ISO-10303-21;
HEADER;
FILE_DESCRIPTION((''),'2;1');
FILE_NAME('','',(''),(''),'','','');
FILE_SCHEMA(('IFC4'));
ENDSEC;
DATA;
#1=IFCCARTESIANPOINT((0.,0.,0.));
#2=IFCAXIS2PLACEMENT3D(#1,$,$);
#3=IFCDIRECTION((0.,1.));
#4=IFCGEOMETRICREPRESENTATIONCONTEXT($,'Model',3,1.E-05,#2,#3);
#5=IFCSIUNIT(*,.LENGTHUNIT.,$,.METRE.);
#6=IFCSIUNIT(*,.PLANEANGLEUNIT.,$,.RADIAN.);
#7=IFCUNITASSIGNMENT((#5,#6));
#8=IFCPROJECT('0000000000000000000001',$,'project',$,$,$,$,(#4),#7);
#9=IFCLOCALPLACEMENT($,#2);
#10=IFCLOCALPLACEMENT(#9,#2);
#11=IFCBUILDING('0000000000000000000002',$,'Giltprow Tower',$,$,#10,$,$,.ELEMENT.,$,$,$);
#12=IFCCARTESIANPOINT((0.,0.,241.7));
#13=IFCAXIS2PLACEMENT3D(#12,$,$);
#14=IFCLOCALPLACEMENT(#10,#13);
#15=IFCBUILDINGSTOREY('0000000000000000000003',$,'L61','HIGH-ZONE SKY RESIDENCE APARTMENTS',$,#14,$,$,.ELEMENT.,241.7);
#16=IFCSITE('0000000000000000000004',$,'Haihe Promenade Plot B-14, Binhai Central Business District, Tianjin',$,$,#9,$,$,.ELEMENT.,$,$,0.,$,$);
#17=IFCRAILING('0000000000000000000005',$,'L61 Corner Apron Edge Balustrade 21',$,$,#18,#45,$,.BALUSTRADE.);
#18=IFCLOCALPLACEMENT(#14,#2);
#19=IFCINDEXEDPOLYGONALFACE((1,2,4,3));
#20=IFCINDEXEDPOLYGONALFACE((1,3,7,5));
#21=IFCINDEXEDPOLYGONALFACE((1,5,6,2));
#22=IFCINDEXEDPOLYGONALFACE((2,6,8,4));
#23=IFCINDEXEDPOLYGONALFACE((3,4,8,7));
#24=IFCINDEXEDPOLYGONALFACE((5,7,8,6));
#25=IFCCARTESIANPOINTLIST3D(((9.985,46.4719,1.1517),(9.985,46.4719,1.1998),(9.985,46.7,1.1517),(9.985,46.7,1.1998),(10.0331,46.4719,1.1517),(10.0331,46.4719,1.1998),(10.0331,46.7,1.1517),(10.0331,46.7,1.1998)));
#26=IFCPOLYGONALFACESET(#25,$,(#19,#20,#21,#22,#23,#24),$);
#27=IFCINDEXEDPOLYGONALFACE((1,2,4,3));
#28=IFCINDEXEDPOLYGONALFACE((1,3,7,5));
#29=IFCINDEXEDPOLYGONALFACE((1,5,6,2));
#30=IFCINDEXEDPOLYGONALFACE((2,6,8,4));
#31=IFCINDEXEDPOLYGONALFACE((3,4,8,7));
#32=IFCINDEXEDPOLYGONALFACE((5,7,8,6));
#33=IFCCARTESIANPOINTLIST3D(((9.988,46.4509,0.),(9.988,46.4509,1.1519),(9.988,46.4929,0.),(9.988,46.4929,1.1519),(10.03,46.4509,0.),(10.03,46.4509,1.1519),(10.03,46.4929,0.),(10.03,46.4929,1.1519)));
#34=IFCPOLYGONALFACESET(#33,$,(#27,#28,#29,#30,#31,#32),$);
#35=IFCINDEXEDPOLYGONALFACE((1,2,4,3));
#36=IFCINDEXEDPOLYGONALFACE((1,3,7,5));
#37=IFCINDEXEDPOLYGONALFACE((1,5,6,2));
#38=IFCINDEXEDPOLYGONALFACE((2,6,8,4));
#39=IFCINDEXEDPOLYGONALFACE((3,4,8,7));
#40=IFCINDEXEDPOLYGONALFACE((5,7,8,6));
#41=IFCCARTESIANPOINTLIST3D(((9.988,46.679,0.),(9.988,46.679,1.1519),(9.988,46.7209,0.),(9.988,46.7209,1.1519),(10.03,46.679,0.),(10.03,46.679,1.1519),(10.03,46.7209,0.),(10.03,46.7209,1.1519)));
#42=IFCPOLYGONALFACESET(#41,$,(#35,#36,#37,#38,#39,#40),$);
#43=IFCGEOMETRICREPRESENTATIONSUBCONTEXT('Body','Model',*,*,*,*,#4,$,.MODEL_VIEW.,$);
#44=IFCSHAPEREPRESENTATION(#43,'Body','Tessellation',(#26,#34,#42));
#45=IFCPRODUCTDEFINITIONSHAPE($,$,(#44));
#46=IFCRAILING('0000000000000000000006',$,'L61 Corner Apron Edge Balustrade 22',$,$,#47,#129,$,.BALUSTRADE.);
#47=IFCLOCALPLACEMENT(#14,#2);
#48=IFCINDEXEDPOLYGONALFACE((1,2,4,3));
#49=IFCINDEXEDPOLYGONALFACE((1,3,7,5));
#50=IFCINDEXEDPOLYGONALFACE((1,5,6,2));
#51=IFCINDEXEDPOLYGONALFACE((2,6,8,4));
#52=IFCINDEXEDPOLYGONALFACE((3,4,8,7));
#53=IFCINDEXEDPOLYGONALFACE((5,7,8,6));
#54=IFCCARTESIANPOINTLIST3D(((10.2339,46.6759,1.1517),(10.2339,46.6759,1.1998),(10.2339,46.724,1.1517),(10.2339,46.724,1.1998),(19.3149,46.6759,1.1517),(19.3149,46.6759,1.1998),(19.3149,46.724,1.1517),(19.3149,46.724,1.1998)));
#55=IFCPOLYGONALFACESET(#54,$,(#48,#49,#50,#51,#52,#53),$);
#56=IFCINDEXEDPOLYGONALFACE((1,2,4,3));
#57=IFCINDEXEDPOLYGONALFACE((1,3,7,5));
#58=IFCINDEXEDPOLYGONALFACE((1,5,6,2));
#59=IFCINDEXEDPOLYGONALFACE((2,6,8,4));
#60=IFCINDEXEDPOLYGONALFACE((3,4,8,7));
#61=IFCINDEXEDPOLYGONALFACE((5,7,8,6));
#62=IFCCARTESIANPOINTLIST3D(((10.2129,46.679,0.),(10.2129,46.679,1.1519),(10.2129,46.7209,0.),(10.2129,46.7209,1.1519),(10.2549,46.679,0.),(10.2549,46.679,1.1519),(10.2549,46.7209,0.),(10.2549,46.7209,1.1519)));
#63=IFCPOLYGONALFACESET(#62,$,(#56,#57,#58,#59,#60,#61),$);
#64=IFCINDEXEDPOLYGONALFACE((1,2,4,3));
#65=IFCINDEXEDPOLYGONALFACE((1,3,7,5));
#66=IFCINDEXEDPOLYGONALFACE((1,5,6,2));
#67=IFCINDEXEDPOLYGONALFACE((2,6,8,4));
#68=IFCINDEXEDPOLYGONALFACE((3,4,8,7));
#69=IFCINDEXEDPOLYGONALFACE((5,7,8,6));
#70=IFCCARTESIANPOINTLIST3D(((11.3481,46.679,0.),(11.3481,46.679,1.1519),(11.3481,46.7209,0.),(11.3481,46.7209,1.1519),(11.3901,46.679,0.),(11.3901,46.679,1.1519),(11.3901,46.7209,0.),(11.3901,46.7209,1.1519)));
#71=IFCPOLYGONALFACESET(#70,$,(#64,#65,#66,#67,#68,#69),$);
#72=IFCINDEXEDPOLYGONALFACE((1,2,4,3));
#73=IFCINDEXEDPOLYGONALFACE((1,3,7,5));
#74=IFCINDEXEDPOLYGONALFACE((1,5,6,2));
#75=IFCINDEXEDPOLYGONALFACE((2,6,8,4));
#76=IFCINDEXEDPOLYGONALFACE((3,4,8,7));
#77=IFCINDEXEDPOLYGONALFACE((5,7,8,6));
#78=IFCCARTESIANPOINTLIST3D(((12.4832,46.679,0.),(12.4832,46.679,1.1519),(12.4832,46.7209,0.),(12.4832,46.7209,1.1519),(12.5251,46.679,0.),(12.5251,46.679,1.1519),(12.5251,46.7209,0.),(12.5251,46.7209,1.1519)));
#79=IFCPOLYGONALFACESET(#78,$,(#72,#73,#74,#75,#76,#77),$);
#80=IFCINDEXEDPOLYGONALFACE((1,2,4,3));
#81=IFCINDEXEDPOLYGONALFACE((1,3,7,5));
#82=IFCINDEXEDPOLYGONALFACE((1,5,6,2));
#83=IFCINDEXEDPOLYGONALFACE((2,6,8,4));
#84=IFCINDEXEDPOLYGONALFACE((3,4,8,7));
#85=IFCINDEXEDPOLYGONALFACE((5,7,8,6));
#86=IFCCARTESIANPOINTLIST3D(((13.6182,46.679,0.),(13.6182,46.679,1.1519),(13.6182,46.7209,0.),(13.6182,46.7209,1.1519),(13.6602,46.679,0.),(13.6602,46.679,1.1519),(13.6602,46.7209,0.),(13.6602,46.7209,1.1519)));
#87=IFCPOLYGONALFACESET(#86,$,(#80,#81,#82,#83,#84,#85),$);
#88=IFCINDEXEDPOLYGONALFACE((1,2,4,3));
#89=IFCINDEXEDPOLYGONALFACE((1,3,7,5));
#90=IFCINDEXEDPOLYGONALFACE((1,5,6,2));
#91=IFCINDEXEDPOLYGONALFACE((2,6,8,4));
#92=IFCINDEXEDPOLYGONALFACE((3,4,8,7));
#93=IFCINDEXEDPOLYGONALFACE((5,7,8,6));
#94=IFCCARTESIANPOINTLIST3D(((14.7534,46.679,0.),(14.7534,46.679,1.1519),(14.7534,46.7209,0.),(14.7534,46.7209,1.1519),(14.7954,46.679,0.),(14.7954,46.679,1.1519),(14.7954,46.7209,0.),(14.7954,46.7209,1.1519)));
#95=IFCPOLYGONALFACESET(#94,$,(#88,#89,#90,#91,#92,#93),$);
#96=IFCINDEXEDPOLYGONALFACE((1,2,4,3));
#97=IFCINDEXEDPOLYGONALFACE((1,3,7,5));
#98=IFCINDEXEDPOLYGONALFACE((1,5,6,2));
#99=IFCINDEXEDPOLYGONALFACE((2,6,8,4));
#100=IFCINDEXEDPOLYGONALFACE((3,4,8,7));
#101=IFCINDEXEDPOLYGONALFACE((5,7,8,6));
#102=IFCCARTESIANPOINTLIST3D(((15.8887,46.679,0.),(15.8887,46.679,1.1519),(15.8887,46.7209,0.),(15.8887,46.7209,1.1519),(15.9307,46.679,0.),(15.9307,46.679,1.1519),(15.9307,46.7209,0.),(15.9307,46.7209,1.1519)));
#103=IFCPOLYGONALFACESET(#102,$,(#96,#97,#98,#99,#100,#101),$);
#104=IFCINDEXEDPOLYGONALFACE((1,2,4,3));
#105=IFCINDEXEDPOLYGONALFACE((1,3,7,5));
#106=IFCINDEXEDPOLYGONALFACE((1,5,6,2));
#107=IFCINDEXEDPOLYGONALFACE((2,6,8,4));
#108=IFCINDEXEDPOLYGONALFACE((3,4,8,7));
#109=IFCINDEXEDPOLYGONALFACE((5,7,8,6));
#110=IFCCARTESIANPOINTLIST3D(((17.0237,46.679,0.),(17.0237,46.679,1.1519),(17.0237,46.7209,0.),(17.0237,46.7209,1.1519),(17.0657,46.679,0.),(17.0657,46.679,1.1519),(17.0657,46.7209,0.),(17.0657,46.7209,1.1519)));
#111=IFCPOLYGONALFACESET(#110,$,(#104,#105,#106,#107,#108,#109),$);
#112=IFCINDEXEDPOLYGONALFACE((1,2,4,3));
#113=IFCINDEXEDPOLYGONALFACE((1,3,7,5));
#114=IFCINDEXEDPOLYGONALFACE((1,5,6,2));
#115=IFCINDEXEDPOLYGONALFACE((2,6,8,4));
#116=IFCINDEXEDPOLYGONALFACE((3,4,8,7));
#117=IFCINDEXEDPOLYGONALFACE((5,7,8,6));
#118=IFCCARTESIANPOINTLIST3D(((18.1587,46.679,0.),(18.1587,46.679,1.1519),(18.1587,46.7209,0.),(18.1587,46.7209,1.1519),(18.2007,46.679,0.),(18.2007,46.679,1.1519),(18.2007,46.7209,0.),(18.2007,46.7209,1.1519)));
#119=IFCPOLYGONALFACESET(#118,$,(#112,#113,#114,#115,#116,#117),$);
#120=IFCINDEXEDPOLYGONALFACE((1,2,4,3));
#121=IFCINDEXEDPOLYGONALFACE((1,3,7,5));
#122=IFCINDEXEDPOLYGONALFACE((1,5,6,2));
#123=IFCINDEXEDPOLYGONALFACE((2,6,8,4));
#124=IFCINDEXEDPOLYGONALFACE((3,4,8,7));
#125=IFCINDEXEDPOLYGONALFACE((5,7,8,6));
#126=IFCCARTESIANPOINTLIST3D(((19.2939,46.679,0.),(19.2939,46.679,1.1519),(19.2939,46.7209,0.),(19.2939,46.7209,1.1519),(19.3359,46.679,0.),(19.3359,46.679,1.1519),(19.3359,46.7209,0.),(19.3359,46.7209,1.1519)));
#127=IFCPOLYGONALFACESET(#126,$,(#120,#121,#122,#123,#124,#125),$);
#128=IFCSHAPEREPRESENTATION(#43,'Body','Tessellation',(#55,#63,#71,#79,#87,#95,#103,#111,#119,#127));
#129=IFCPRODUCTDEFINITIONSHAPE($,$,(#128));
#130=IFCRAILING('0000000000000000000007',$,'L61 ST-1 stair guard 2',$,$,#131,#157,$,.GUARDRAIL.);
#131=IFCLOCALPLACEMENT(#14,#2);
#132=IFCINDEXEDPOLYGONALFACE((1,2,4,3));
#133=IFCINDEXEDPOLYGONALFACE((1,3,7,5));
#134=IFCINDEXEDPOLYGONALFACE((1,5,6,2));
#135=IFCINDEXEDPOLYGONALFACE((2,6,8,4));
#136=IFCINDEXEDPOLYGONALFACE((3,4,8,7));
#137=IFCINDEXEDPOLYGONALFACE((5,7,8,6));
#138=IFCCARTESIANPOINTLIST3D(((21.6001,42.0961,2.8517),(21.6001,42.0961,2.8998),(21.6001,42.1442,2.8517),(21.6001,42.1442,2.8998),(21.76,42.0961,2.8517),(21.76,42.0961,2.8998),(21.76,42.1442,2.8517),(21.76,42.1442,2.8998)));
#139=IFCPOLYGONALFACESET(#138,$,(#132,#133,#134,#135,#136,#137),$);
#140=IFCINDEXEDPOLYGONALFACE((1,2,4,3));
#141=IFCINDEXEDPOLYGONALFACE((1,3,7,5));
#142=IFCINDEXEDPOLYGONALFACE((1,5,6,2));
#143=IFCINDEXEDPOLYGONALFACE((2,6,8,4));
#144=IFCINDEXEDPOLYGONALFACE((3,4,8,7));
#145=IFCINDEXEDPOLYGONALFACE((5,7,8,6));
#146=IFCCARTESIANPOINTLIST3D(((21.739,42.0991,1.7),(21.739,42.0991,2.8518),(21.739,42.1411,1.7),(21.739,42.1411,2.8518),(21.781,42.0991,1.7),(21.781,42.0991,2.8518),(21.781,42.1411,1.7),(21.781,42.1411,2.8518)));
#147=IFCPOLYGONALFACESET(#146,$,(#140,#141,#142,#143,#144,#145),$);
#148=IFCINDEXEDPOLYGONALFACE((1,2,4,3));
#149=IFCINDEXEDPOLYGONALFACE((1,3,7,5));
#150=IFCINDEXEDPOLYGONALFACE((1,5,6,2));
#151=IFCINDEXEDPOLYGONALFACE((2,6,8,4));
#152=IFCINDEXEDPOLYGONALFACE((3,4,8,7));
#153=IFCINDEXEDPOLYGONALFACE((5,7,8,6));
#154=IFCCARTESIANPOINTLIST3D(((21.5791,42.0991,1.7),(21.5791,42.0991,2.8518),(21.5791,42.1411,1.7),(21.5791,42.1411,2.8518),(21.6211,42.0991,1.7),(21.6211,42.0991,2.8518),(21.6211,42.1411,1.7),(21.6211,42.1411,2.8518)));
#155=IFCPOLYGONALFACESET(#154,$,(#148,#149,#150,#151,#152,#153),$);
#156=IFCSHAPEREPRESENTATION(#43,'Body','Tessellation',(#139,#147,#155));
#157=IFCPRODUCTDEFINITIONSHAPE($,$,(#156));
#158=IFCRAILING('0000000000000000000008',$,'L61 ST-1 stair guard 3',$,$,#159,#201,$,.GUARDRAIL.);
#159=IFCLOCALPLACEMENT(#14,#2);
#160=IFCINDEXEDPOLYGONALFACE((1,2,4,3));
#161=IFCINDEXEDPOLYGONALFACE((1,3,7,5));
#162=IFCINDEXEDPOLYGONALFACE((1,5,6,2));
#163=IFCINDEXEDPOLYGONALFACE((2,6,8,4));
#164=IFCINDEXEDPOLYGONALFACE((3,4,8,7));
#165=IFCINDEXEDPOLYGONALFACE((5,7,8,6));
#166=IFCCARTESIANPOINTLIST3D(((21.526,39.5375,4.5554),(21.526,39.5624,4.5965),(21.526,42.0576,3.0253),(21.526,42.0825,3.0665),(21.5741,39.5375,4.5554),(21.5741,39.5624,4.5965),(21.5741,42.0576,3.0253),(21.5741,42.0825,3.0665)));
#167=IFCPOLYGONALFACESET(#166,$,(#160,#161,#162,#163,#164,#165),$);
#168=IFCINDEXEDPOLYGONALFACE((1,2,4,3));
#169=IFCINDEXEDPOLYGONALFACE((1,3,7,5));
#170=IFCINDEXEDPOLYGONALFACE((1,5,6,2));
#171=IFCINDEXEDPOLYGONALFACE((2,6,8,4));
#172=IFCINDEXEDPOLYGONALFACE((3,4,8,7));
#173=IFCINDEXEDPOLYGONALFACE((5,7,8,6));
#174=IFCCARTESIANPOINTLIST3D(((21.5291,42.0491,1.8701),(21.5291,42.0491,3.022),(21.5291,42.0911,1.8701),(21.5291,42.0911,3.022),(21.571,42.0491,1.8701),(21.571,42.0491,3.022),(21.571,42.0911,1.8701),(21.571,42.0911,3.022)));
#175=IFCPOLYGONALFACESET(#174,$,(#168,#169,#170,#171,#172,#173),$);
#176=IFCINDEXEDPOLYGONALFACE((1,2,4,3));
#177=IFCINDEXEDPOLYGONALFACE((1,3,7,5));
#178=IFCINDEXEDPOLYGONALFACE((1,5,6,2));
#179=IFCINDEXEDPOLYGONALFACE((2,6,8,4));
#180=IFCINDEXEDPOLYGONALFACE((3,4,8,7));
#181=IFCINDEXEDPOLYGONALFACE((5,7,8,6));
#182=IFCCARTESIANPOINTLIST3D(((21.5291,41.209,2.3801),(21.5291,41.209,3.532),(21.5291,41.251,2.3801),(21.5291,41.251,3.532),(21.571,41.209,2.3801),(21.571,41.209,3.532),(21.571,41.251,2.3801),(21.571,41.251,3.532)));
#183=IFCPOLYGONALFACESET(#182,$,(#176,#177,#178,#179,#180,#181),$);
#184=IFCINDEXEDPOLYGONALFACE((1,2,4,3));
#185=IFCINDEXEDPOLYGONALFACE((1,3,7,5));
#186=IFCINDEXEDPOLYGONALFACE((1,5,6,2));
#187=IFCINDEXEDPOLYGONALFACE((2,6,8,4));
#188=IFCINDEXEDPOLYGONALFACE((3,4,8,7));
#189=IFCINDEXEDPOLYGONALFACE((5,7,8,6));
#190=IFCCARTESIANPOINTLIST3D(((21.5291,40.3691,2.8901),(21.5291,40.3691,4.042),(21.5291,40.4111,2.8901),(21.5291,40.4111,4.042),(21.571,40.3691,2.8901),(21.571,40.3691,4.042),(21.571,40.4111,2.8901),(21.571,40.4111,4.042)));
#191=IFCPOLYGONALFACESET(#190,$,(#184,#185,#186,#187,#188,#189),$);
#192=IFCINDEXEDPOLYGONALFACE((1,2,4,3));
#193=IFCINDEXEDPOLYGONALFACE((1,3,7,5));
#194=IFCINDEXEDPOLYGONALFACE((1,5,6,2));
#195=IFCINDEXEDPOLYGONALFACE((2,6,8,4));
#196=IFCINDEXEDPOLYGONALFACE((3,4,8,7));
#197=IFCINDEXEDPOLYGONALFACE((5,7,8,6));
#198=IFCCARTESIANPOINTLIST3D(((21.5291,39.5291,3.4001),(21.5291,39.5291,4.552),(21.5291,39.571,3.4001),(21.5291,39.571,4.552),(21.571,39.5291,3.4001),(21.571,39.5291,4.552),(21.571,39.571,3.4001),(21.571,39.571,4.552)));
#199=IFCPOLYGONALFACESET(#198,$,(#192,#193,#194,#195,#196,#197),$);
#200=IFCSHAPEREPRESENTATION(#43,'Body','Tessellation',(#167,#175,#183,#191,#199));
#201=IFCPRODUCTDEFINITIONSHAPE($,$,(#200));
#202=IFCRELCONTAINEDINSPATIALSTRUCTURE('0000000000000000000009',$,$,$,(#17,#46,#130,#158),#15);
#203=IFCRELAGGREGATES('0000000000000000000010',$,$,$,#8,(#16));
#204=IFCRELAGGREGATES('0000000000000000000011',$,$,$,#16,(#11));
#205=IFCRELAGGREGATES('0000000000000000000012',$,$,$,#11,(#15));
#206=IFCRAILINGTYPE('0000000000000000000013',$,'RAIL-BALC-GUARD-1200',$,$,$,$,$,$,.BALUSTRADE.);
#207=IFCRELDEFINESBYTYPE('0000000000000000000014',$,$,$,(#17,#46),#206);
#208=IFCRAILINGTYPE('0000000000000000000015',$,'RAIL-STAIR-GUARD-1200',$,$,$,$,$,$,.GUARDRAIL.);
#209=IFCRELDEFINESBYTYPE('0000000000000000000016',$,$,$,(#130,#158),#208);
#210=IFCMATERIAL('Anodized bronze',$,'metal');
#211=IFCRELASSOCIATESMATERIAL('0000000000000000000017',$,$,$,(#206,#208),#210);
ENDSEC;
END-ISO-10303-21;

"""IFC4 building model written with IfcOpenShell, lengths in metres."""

from ifc_helpers import new_model, si_unit, direction, frame, origin, origin_2d, place, context, subcontext, project, spatial, rectangle, extrude, material, type_object, element, save


model = new_model("IFC4")

# Units and contexts
model_context = context("Model", 3, precision=1e-05, world=origin(), true_north=direction((0.0, 1.0)))
body_context = subcontext(model_context, "Body", "Model", "MODEL_VIEW")
ifc_project = project(units=[si_unit("LENGTHUNIT", "METRE"), si_unit("PLANEANGLEUNIT", "RADIAN")], contexts=[model_context])

# Site, building, storey
site_placement = place(None, origin())
site = spatial("IfcSite", under=ifc_project, at=site_placement, Name="Haihe Promenade Plot B-14, Binhai Central Business District, Tianjin", CompositionType="ELEMENT", RefElevation=0.0)
building_placement = place(site_placement, origin())
building = spatial("IfcBuilding", under=site, at=building_placement, Name="Giltprow Tower", CompositionType="ELEMENT")
storey_placement = place(building_placement, frame((0.0, 0.0, 241.7)))
storey = spatial("IfcBuildingStorey", under=building, at=storey_placement, Name="L61", Description="HIGH-ZONE SKY RESIDENCE APARTMENTS", CompositionType="ELEMENT", Elevation=241.7)

# Railings
ifc_material_1 = material(Name="Anodized bronze", Category="metal")
railing_type_1 = type_object("IfcRailingType", Name="RAIL-BALC-GUARD-1200", PredefinedType="BALUSTRADE", material=ifc_material_1)
railing_1_placement = place(storey_placement, frame((10.009, 46.4719, 0.0)))
element("IfcRailing", 1, at=railing_1_placement, inside=storey, type_object=railing_type_1, Name="L61 Corner Apron Edge Balustrade 21", PredefinedType="BALUSTRADE", context=body_context, shape_type="SweptSolid", body=[
    extrude(rectangle(XDim=0.0481, YDim=0.0481, at=origin_2d()), frame((0.0, 0.0, 1.1758), z_axis=(0.0, 1.0, 0.0), x_axis=(-1.0, 0.0, 0.0)), (0.0, 0.0, 1.0), 0.228),
    extrude(rectangle(XDim=0.042, YDim=0.042, at=origin_2d()), origin(), (0.0, 0.0, 1.0), 1.1519),
    extrude(rectangle(XDim=0.042, YDim=0.042, at=origin_2d()), frame((0.0, 0.228, 0.0)), (0.0, 0.0, 1.0), 1.1519),
])
railing_2_placement = place(storey_placement, frame((10.2339, 46.7, 0.0)))
element("IfcRailing", 2, at=railing_2_placement, inside=storey, type_object=railing_type_1, Name="L61 Corner Apron Edge Balustrade 22", PredefinedType="BALUSTRADE", context=body_context, shape_type="SweptSolid", body=[
    extrude(rectangle(XDim=0.0481, YDim=0.0481, at=origin_2d()), frame((0.0, 0.0, 1.1758), z_axis=(1.0, 0.0, 0.0), x_axis=(0.0, 1.0, 0.0)), (0.0, 0.0, 1.0), 9.0811),
    extrude(rectangle(XDim=0.042, YDim=0.042, at=origin_2d()), origin(), (0.0, 0.0, 1.0), 1.1519),
    extrude(rectangle(XDim=0.042, YDim=0.042, at=origin_2d()), frame((1.1353, 0.0, 0.0)), (0.0, 0.0, 1.0), 1.1519),
    extrude(rectangle(XDim=0.042, YDim=0.042, at=origin_2d()), frame((2.2703, 0.0, 0.0)), (0.0, 0.0, 1.0), 1.1519),
    extrude(rectangle(XDim=0.042, YDim=0.042, at=origin_2d()), frame((3.4053, 0.0, 0.0)), (0.0, 0.0, 1.0), 1.1519),
    extrude(rectangle(XDim=0.042, YDim=0.042, at=origin_2d()), frame((4.5405, 0.0, 0.0)), (0.0, 0.0, 1.0), 1.1519),
    extrude(rectangle(XDim=0.042, YDim=0.042, at=origin_2d()), frame((5.6758, 0.0, 0.0)), (0.0, 0.0, 1.0), 1.1519),
    extrude(rectangle(XDim=0.042, YDim=0.042, at=origin_2d()), frame((6.8108, 0.0, 0.0)), (0.0, 0.0, 1.0), 1.1519),
    extrude(rectangle(XDim=0.042, YDim=0.042, at=origin_2d()), frame((7.9458, 0.0, 0.0)), (0.0, 0.0, 1.0), 1.1519),
    extrude(rectangle(XDim=0.042, YDim=0.042, at=origin_2d()), frame((9.0811, 0.0, 0.0)), (0.0, 0.0, 1.0), 1.1519),
])
railing_type_2 = type_object("IfcRailingType", Name="RAIL-STAIR-GUARD-1200", PredefinedType="GUARDRAIL", material=ifc_material_1)
railing_3_placement = place(storey_placement, frame((21.76, 42.1201, 1.7)))
element("IfcRailing", 3, at=railing_3_placement, inside=storey, type_object=railing_type_2, Name="L61 ST-1 stair guard 2", PredefinedType="GUARDRAIL", context=body_context, shape_type="SweptSolid", body=[
    extrude(rectangle(XDim=0.0481, YDim=0.0481, at=origin_2d()), frame((0.0, 0.0, 1.1758), z_axis=(-1.0, 0.0, 0.0), x_axis=(0.0, -1.0, 0.0)), (0.0, 0.0, 1.0), 0.1599),
    extrude(rectangle(XDim=0.042, YDim=0.042, at=origin_2d()), origin(), (0.0, 0.0, 1.0), 1.1519),
    extrude(rectangle(XDim=0.042, YDim=0.042, at=origin_2d()), frame((-0.1599, 0.0, 0.0)), (0.0, 0.0, 1.0), 1.1519),
])
railing_4_placement = place(storey_placement, frame((21.55, 42.0701, 1.8701)))
element("IfcRailing", 4, at=railing_4_placement, inside=storey, type_object=railing_type_2, Name="L61 ST-1 stair guard 3", PredefinedType="GUARDRAIL", context=body_context, shape_type="SweptSolid", body=[
    extrude(rectangle(XDim=0.0481, YDim=0.0481, at=origin_2d()), frame((0.0, 0.0, 1.1758), z_axis=(0.0, -0.854785, 0.518982), x_axis=(1.0, 0.0, 0.0)), (0.0, 0.0, 1.0), 2.9482),
    extrude(rectangle(XDim=0.042, YDim=0.042, at=origin_2d()), origin(), (0.0, 0.0, 1.0), 1.1519),
    extrude(rectangle(XDim=0.042, YDim=0.042, at=origin_2d()), frame((0.0, -0.8401, 0.51)), (0.0, 0.0, 1.0), 1.1519),
    extrude(rectangle(XDim=0.042, YDim=0.042, at=origin_2d()), frame((0.0, -1.6799, 1.02)), (0.0, 0.0, 1.0), 1.1519),
    extrude(rectangle(XDim=0.042, YDim=0.042, at=origin_2d()), frame((0.0, -2.52, 1.53)), (0.0, 0.0, 1.0), 1.1519),
])

save(model, "model.ifc")
